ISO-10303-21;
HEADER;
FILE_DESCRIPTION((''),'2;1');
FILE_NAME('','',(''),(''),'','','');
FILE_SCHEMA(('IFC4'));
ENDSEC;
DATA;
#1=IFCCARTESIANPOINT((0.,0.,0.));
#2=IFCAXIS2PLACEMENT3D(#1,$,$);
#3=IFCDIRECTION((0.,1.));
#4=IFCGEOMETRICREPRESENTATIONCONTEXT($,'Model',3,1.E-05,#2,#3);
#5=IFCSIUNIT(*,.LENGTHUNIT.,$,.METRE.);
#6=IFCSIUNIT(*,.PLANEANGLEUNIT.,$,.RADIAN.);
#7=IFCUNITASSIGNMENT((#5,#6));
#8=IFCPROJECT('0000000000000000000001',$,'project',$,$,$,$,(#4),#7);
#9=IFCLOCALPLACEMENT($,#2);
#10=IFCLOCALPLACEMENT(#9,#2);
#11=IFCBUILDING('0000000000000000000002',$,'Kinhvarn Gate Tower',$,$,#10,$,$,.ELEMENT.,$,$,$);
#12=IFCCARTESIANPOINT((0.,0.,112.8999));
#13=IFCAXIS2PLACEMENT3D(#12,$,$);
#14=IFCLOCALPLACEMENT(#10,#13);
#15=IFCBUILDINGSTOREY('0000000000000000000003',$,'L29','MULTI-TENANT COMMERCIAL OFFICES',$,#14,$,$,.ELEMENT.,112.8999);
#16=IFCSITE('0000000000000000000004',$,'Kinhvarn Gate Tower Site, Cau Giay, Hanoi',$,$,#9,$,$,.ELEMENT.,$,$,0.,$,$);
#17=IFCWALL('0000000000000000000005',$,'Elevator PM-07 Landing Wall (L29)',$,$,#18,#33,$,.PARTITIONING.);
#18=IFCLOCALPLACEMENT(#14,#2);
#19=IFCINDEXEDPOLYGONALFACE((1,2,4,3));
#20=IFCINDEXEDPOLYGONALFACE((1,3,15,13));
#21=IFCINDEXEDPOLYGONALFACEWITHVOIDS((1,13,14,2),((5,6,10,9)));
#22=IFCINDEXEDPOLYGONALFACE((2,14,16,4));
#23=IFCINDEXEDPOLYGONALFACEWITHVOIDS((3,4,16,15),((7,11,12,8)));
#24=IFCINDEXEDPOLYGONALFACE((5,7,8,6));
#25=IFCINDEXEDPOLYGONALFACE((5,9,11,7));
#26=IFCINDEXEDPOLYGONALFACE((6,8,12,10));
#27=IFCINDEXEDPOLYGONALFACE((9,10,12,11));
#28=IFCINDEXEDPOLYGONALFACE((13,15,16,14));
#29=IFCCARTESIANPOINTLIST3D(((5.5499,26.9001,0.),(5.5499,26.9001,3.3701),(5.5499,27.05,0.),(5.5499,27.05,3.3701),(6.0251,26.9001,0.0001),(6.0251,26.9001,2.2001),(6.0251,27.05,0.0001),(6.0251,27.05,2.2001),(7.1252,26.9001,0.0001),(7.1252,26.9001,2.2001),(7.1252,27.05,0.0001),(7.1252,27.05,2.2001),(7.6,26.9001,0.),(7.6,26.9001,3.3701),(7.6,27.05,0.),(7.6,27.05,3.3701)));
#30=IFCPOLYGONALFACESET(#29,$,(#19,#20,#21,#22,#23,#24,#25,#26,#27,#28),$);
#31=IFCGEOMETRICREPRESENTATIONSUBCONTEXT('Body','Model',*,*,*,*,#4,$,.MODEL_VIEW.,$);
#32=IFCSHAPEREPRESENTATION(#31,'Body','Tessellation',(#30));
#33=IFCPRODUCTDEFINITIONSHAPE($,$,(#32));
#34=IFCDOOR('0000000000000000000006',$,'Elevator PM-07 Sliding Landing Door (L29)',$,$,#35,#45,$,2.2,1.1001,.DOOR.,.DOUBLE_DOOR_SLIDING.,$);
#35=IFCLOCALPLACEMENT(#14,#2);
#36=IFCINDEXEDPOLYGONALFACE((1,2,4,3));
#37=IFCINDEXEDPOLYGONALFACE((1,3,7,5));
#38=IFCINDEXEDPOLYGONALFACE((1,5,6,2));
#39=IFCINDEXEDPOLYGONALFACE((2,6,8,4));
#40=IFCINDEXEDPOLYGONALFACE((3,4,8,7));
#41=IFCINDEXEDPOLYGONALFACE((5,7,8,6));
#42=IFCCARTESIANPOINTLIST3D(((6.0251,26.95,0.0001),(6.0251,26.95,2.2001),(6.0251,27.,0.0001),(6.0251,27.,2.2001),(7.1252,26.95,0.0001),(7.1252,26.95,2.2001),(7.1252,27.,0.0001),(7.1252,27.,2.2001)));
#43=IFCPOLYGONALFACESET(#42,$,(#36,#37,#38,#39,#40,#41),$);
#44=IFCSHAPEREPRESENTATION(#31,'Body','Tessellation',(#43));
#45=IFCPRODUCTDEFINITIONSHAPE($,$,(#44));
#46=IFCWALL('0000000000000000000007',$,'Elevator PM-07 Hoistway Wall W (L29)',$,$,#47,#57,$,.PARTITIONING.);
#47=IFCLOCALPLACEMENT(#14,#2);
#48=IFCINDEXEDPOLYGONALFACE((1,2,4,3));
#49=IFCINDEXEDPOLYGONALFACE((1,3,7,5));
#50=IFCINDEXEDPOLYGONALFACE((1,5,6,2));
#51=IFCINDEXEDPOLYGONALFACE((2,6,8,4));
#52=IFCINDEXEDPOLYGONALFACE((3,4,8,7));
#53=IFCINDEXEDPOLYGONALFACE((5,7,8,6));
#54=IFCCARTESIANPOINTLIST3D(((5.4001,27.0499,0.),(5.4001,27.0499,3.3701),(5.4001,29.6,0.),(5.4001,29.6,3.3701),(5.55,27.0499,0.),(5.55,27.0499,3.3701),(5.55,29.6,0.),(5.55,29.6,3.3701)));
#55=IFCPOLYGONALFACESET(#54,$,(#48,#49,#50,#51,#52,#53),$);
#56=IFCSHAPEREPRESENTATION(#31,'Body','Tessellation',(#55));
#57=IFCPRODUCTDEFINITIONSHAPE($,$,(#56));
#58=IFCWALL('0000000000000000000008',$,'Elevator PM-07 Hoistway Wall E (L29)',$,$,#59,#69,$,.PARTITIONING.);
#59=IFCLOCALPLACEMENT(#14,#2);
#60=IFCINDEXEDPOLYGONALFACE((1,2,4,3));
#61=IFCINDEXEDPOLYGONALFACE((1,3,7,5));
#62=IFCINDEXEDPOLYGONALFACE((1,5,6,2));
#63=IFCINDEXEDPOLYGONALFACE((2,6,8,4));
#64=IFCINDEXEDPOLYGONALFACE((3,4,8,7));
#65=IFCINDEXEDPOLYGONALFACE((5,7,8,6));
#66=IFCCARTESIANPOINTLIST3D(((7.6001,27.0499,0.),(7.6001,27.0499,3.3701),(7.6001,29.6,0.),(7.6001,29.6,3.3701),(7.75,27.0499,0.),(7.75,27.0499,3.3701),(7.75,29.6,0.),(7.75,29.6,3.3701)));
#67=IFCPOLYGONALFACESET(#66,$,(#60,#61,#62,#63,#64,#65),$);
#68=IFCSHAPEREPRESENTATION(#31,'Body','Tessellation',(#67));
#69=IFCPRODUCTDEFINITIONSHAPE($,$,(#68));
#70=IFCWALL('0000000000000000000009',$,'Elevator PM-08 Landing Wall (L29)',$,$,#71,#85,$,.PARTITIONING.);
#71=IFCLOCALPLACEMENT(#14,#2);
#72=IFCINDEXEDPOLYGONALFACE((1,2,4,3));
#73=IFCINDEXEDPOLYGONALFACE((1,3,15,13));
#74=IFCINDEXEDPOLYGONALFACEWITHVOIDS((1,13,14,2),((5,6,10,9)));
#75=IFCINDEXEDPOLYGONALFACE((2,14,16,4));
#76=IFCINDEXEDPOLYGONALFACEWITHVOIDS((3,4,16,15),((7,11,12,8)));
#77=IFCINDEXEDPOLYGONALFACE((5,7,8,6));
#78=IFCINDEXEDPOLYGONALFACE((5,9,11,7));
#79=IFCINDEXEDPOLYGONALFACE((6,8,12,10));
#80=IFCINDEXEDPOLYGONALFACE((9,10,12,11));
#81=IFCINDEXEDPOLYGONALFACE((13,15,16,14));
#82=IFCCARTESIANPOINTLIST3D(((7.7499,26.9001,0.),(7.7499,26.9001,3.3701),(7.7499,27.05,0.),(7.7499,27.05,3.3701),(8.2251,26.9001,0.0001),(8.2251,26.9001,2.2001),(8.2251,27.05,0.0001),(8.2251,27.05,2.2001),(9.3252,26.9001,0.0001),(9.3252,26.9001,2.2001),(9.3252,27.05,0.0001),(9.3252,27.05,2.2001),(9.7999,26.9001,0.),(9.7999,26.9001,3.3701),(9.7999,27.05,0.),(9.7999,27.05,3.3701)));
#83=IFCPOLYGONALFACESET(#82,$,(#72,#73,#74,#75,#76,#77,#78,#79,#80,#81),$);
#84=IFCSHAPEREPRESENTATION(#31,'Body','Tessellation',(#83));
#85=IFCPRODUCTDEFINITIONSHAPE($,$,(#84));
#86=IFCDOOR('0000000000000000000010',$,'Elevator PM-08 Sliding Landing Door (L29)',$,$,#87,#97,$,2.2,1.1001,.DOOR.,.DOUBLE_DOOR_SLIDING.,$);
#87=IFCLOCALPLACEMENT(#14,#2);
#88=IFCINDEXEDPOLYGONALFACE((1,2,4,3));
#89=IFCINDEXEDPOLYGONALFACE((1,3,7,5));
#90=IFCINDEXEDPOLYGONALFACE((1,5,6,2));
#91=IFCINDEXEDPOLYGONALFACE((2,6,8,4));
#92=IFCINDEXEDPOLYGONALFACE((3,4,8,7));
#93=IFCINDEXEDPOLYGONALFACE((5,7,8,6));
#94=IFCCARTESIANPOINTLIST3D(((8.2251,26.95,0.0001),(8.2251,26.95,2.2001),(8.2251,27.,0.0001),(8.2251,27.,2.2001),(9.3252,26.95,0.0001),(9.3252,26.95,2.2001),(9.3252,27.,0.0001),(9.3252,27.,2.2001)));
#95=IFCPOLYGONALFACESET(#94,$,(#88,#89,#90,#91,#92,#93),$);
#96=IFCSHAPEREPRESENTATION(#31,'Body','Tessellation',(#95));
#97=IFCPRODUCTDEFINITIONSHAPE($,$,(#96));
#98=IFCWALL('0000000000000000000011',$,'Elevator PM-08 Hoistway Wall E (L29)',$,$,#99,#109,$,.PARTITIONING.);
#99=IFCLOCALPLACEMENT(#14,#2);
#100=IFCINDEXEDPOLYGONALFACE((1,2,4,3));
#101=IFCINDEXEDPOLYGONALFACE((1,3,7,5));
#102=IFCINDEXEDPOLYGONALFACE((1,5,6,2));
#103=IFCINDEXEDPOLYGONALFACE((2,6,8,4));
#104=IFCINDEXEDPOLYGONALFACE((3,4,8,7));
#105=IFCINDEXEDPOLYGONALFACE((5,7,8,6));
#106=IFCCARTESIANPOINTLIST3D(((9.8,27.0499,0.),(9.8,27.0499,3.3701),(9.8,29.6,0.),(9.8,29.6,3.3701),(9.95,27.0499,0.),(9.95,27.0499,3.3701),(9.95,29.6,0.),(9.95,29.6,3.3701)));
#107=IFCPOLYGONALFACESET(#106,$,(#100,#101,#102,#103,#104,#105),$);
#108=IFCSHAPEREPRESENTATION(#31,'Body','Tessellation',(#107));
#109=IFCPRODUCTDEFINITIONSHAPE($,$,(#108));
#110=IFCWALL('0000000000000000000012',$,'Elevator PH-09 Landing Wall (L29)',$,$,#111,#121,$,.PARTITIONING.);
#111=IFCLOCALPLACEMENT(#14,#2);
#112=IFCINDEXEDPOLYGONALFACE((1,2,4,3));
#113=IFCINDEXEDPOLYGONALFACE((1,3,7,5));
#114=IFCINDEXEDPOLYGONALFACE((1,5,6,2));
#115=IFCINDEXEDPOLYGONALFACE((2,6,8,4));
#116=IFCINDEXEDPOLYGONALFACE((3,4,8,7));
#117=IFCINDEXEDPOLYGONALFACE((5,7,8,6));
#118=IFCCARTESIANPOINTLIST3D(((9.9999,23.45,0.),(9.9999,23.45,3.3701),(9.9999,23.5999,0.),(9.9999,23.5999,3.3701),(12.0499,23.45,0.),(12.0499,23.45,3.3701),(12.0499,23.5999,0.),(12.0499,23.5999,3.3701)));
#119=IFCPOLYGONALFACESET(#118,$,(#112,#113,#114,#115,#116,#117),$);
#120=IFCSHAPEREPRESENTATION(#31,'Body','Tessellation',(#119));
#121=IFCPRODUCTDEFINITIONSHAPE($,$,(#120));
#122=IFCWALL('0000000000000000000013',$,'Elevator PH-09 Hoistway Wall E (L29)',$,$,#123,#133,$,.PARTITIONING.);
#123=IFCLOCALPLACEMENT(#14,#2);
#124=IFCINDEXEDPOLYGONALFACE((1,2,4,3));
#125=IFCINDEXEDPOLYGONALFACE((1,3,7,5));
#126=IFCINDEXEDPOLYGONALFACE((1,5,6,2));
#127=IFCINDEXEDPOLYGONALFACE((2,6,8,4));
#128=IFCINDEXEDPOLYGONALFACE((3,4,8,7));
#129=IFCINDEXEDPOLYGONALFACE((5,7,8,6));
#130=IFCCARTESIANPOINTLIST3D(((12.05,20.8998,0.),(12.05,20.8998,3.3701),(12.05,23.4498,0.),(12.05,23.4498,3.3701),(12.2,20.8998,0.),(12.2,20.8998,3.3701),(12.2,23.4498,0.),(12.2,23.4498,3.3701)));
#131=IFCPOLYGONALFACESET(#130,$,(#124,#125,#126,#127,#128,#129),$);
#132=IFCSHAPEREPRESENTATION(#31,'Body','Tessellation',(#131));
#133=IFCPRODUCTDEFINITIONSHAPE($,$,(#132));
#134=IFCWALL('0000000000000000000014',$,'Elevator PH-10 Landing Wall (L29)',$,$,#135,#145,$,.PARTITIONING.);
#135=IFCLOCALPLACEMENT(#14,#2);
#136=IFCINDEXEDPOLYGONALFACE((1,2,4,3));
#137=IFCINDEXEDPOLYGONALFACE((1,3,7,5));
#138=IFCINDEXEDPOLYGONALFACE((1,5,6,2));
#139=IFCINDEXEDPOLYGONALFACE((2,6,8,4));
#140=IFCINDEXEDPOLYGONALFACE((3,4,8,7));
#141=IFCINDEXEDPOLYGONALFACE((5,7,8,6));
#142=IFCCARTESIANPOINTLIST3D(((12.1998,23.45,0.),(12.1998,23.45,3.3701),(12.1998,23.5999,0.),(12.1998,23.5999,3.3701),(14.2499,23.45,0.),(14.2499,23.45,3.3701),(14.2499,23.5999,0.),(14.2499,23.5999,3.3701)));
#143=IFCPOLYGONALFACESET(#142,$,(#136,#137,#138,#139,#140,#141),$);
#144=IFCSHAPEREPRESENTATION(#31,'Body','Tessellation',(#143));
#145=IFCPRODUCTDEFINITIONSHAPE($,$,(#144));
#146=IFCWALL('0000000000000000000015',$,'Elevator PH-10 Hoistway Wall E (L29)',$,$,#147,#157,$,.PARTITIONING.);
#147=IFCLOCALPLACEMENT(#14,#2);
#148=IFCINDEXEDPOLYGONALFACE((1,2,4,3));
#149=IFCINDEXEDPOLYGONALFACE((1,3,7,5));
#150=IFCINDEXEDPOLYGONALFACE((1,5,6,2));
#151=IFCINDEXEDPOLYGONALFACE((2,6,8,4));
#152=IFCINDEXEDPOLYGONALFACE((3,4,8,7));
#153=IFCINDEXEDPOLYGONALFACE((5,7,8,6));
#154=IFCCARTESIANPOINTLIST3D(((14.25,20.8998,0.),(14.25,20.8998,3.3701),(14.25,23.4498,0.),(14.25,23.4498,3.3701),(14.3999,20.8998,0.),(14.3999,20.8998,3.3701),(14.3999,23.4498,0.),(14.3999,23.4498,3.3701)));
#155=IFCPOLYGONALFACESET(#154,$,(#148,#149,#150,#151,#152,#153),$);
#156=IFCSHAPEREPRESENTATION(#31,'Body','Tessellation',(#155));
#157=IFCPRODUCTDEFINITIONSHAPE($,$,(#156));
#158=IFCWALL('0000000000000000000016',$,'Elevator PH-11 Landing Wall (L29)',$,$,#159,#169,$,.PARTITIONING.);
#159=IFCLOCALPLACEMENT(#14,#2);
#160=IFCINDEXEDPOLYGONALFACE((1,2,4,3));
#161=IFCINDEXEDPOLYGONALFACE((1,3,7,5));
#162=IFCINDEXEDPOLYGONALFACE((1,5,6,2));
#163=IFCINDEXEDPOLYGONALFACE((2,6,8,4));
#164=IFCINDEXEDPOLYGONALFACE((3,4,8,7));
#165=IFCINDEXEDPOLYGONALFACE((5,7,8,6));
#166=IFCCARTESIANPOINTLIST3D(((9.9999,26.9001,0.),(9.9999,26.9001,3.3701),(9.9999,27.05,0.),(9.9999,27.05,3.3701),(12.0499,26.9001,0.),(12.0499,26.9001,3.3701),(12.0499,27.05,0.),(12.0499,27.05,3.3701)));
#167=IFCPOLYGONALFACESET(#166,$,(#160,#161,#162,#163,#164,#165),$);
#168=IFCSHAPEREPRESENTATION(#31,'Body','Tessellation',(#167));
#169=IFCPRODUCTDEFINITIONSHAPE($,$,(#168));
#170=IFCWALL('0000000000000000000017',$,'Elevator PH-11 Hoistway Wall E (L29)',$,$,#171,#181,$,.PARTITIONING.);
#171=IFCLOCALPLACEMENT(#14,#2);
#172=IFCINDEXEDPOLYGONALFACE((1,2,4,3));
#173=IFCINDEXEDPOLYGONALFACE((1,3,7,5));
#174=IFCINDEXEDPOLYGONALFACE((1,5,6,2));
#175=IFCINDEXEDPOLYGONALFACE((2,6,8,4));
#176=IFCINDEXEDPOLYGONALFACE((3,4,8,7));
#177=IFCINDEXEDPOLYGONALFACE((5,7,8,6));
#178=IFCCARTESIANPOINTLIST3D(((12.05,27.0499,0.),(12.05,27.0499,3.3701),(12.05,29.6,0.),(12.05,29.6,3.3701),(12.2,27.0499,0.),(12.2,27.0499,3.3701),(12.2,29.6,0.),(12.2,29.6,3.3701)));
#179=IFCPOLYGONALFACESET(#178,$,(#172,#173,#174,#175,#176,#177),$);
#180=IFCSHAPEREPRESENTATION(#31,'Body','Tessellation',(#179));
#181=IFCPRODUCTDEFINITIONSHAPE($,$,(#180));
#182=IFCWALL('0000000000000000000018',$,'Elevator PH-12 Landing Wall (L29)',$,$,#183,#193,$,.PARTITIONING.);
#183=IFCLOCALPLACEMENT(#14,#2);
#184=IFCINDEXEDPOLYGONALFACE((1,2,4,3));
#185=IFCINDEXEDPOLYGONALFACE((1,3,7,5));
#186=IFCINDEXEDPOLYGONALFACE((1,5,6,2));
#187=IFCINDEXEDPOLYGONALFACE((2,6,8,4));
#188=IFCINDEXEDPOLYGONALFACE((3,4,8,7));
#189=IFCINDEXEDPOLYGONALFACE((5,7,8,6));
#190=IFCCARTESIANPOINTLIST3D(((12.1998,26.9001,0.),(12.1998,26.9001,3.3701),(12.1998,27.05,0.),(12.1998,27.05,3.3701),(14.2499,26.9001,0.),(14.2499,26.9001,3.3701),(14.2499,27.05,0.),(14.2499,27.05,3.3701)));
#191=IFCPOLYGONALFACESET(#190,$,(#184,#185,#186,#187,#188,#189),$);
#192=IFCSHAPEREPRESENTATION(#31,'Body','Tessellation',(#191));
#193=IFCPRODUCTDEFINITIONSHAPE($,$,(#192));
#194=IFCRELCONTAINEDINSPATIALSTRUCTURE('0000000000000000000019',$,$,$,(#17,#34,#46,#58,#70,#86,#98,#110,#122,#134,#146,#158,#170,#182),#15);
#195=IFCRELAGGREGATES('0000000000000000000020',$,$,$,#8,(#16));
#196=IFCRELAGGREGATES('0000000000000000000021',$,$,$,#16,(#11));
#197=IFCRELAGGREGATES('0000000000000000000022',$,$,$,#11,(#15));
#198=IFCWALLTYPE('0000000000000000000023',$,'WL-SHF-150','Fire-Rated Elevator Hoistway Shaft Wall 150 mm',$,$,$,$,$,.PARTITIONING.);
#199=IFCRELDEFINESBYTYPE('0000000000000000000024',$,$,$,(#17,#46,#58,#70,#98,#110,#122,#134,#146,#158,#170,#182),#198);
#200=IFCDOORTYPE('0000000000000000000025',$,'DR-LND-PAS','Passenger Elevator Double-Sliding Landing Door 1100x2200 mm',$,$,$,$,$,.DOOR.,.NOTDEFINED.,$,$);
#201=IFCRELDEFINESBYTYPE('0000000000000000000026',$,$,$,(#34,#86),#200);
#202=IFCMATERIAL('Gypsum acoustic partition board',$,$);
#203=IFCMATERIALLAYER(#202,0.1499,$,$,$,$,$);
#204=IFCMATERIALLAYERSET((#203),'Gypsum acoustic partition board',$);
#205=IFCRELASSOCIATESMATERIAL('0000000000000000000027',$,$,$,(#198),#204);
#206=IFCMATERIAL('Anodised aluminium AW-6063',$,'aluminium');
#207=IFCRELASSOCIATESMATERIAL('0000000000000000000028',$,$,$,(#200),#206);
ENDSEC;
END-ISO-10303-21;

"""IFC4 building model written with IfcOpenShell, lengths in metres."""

from ifc_helpers import new_model, si_unit, direction, frame, frame_2d, origin, place, context, subcontext, project, spatial, rectangle, extrude, material, layer, layer_set, type_object, element, fill, save


model = new_model("IFC4")

# Units and contexts
model_context = context("Model", 3, precision=1e-05, world=origin(), true_north=direction((0.0, 1.0)))
body_context = subcontext(model_context, "Body", "Model", "MODEL_VIEW")
ifc_project = project(units=[si_unit("LENGTHUNIT", "METRE"), si_unit("PLANEANGLEUNIT", "RADIAN")], contexts=[model_context])

# Site, building, storey
site_placement = place(None, origin())
site = spatial("IfcSite", under=ifc_project, at=site_placement, Name="Kinhvarn Gate Tower Site, Cau Giay, Hanoi", CompositionType="ELEMENT", RefElevation=0.0)
building_placement = place(site_placement, origin())
building = spatial("IfcBuilding", under=site, at=building_placement, Name="Kinhvarn Gate Tower", CompositionType="ELEMENT")
storey_placement = place(building_placement, frame((0.0, 0.0, 112.8999)))
storey = spatial("IfcBuildingStorey", under=building, at=storey_placement, Name="L29", Description="MULTI-TENANT COMMERCIAL OFFICES", CompositionType="ELEMENT", Elevation=112.8999)

# Shared definitions
ifc_material_1 = material(Name="Gypsum acoustic partition board")
ifc_material_2 = material(Name="Anodised aluminium AW-6063", Category="aluminium")

# Shared definitions
ifc_layer_1 = layer(ifc_material_1, 0.1499)
ifc_layer_set_1 = layer_set([ifc_layer_1], Name="Gypsum acoustic partition board")
wall_type_1 = type_object("IfcWallType", Name="WL-SHF-150", Description="Fire-Rated Elevator Hoistway Shaft Wall 150 mm", PredefinedType="PARTITIONING", material=ifc_layer_set_1)
door_type_1 = type_object("IfcDoorType", Name="DR-LND-PAS", Description="Passenger Elevator Double-Sliding Landing Door 1100x2200 mm", OperationType="NOTDEFINED", PredefinedType="DOOR", material=ifc_material_2)

# Wall, opening, door
wall_1_placement = place(storey_placement, frame((5.55, 26.9751, 0.0), z_axis=(0.0, 0.0, 1.0), x_axis=(1.0, 0.0, 0.0)))
wall_1 = element("IfcWall", 1, at=wall_1_placement, inside=storey, type_object=wall_type_1, Name="Elevator PM-07 Landing Wall (L29)", PredefinedType="PARTITIONING", context=body_context, shape_type="SweptSolid", body=[
    extrude(rectangle(XDim=2.05, YDim=0.1499, at=frame_2d((1.0249, 0.0))), origin(), (0.0, 0.0, 1.0), 3.3701),
])
opening_1_placement = place(wall_1_placement, frame((0.4751, 0.0, 0.0)))
opening_1 = element("IfcOpeningElement", 2, at=opening_1_placement, cuts=wall_1, PredefinedType="OPENING", context=body_context, shape_type="SweptSolid", body=[
    extrude(rectangle(XDim=1.1001, YDim=2.2, at=frame_2d((0.55, 1.1001))), frame((0.0, 0.085, 0.0), z_axis=(0.0, -1.0, 0.0), x_axis=(1.0, 0.0, 0.0)), (0.0, 0.0, 1.0), 0.1699),
])
door_1_placement = place(opening_1_placement, origin())
door_1 = element("IfcDoor", 3, at=door_1_placement, inside=storey, type_object=door_type_1, Name="Elevator PM-07 Sliding Landing Door (L29)", OperationType="DOUBLE_DOOR_SLIDING", OverallHeight=2.2, OverallWidth=1.1001, PredefinedType="DOOR", context=body_context, shape_type="SweptSolid", body=[
    extrude(rectangle(XDim=1.1001, YDim=2.2, at=frame_2d((0.55, 1.1001))), frame((0.0, 0.0249, 0.0), z_axis=(0.0, -1.0, 0.0), x_axis=(1.0, 0.0, 0.0)), (0.0, 0.0, 1.0), 0.05),
])
fill(opening_1, door_1)

# Walls
for number, where, z_axis, x_axis, name in (
    (4, (5.4751, 27.05, 0.0), (0.0, 0.0, 1.0), (0.0, 1.0, 0.0), "Elevator PM-07 Hoistway Wall W (L29)"),
    (5, (7.675, 27.05, 0.0), (0.0, 0.0, 1.0), (0.0, 1.0, 0.0), "Elevator PM-07 Hoistway Wall E (L29)"),
):
    element("IfcWall", number, at=place(storey_placement, frame(where, z_axis=z_axis, x_axis=x_axis)), inside=storey, type_object=wall_type_1, Name=name, PredefinedType="PARTITIONING", context=body_context, shape_type="SweptSolid", body=[
        extrude(rectangle(XDim=2.55, YDim=0.1499, at=frame_2d((1.2749, 0.0))), origin(), (0.0, 0.0, 1.0), 3.3701),
    ])

# Wall, opening, door
wall_2_placement = place(storey_placement, frame((7.75, 26.9751, 0.0), z_axis=(0.0, 0.0, 1.0), x_axis=(1.0, 0.0, 0.0)))
wall_2 = element("IfcWall", 6, at=wall_2_placement, inside=storey, type_object=wall_type_1, Name="Elevator PM-08 Landing Wall (L29)", PredefinedType="PARTITIONING", context=body_context, shape_type="SweptSolid", body=[
    extrude(rectangle(XDim=2.05, YDim=0.1499, at=frame_2d((1.0249, 0.0))), origin(), (0.0, 0.0, 1.0), 3.3701),
])
opening_2_placement = place(wall_2_placement, frame((0.4751, 0.0, 0.0)))
opening_2 = element("IfcOpeningElement", 7, at=opening_2_placement, cuts=wall_2, PredefinedType="OPENING", context=body_context, shape_type="SweptSolid", body=[
    extrude(rectangle(XDim=1.1001, YDim=2.2, at=frame_2d((0.55, 1.1001))), frame((0.0, 0.085, 0.0), z_axis=(0.0, -1.0, 0.0), x_axis=(1.0, 0.0, 0.0)), (0.0, 0.0, 1.0), 0.1699),
])
door_2_placement = place(opening_2_placement, origin())
door_2 = element("IfcDoor", 8, at=door_2_placement, inside=storey, type_object=door_type_1, Name="Elevator PM-08 Sliding Landing Door (L29)", OperationType="DOUBLE_DOOR_SLIDING", OverallHeight=2.2, OverallWidth=1.1001, PredefinedType="DOOR", context=body_context, shape_type="SweptSolid", body=[
    extrude(rectangle(XDim=1.1001, YDim=2.2, at=frame_2d((0.55, 1.1001))), frame((0.0, 0.0249, 0.0), z_axis=(0.0, -1.0, 0.0), x_axis=(1.0, 0.0, 0.0)), (0.0, 0.0, 1.0), 0.05),
])
fill(opening_2, door_2)

# Walls
wall_3_placement = place(storey_placement, frame((9.875, 27.05, 0.0), z_axis=(0.0, 0.0, 1.0), x_axis=(0.0, 1.0, 0.0)))
element("IfcWall", 9, at=wall_3_placement, inside=storey, type_object=wall_type_1, Name="Elevator PM-08 Hoistway Wall E (L29)", PredefinedType="PARTITIONING", context=body_context, shape_type="SweptSolid", body=[
    extrude(rectangle(XDim=2.55, YDim=0.1499, at=frame_2d((1.2749, 0.0))), origin(), (0.0, 0.0, 1.0), 3.3701),
])
wall_4_placement = place(storey_placement, frame((10.0, 23.5249, 0.0), z_axis=(0.0, 0.0, 1.0), x_axis=(1.0, 0.0, 0.0)))
element("IfcWall", 10, at=wall_4_placement, inside=storey, type_object=wall_type_1, Name="Elevator PH-09 Landing Wall (L29)", PredefinedType="PARTITIONING", context=body_context, shape_type="SweptSolid", body=[
    extrude(rectangle(XDim=2.05, YDim=0.1499, at=frame_2d((1.0249, 0.0))), origin(), (0.0, 0.0, 1.0), 3.3701),
])
wall_5_placement = place(storey_placement, frame((12.125, 20.8999, 0.0), z_axis=(0.0, 0.0, 1.0), x_axis=(0.0, 1.0, 0.0)))
element("IfcWall", 11, at=wall_5_placement, inside=storey, type_object=wall_type_1, Name="Elevator PH-09 Hoistway Wall E (L29)", PredefinedType="PARTITIONING", context=body_context, shape_type="SweptSolid", body=[
    extrude(rectangle(XDim=2.55, YDim=0.1499, at=frame_2d((1.2749, 0.0))), origin(), (0.0, 0.0, 1.0), 3.3701),
])
wall_6_placement = place(storey_placement, frame((12.2, 23.5249, 0.0), z_axis=(0.0, 0.0, 1.0), x_axis=(1.0, 0.0, 0.0)))
element("IfcWall", 12, at=wall_6_placement, inside=storey, type_object=wall_type_1, Name="Elevator PH-10 Landing Wall (L29)", PredefinedType="PARTITIONING", context=body_context, shape_type="SweptSolid", body=[
    extrude(rectangle(XDim=2.05, YDim=0.1499, at=frame_2d((1.0249, 0.0))), origin(), (0.0, 0.0, 1.0), 3.3701),
])
wall_7_placement = place(storey_placement, frame((14.325, 20.8999, 0.0), z_axis=(0.0, 0.0, 1.0), x_axis=(0.0, 1.0, 0.0)))
element("IfcWall", 13, at=wall_7_placement, inside=storey, type_object=wall_type_1, Name="Elevator PH-10 Hoistway Wall E (L29)", PredefinedType="PARTITIONING", context=body_context, shape_type="SweptSolid", body=[
    extrude(rectangle(XDim=2.55, YDim=0.1499, at=frame_2d((1.2749, 0.0))), origin(), (0.0, 0.0, 1.0), 3.3701),
])
wall_8_placement = place(storey_placement, frame((10.0, 26.9751, 0.0), z_axis=(0.0, 0.0, 1.0), x_axis=(1.0, 0.0, 0.0)))
element("IfcWall", 14, at=wall_8_placement, inside=storey, type_object=wall_type_1, Name="Elevator PH-11 Landing Wall (L29)", PredefinedType="PARTITIONING", context=body_context, shape_type="SweptSolid", body=[
    extrude(rectangle(XDim=2.05, YDim=0.1499, at=frame_2d((1.0249, 0.0))), origin(), (0.0, 0.0, 1.0), 3.3701),
])
wall_9_placement = place(storey_placement, frame((12.125, 27.05, 0.0), z_axis=(0.0, 0.0, 1.0), x_axis=(0.0, 1.0, 0.0)))
element("IfcWall", 15, at=wall_9_placement, inside=storey, type_object=wall_type_1, Name="Elevator PH-11 Hoistway Wall E (L29)", PredefinedType="PARTITIONING", context=body_context, shape_type="SweptSolid", body=[
    extrude(rectangle(XDim=2.55, YDim=0.1499, at=frame_2d((1.2749, 0.0))), origin(), (0.0, 0.0, 1.0), 3.3701),
])
wall_10_placement = place(storey_placement, frame((12.2, 26.9751, 0.0), z_axis=(0.0, 0.0, 1.0), x_axis=(1.0, 0.0, 0.0)))
element("IfcWall", 16, at=wall_10_placement, inside=storey, type_object=wall_type_1, Name="Elevator PH-12 Landing Wall (L29)", PredefinedType="PARTITIONING", context=body_context, shape_type="SweptSolid", body=[
    extrude(rectangle(XDim=2.05, YDim=0.1499, at=frame_2d((1.0249, 0.0))), origin(), (0.0, 0.0, 1.0), 3.3701),
])

save(model, "model.ifc")
